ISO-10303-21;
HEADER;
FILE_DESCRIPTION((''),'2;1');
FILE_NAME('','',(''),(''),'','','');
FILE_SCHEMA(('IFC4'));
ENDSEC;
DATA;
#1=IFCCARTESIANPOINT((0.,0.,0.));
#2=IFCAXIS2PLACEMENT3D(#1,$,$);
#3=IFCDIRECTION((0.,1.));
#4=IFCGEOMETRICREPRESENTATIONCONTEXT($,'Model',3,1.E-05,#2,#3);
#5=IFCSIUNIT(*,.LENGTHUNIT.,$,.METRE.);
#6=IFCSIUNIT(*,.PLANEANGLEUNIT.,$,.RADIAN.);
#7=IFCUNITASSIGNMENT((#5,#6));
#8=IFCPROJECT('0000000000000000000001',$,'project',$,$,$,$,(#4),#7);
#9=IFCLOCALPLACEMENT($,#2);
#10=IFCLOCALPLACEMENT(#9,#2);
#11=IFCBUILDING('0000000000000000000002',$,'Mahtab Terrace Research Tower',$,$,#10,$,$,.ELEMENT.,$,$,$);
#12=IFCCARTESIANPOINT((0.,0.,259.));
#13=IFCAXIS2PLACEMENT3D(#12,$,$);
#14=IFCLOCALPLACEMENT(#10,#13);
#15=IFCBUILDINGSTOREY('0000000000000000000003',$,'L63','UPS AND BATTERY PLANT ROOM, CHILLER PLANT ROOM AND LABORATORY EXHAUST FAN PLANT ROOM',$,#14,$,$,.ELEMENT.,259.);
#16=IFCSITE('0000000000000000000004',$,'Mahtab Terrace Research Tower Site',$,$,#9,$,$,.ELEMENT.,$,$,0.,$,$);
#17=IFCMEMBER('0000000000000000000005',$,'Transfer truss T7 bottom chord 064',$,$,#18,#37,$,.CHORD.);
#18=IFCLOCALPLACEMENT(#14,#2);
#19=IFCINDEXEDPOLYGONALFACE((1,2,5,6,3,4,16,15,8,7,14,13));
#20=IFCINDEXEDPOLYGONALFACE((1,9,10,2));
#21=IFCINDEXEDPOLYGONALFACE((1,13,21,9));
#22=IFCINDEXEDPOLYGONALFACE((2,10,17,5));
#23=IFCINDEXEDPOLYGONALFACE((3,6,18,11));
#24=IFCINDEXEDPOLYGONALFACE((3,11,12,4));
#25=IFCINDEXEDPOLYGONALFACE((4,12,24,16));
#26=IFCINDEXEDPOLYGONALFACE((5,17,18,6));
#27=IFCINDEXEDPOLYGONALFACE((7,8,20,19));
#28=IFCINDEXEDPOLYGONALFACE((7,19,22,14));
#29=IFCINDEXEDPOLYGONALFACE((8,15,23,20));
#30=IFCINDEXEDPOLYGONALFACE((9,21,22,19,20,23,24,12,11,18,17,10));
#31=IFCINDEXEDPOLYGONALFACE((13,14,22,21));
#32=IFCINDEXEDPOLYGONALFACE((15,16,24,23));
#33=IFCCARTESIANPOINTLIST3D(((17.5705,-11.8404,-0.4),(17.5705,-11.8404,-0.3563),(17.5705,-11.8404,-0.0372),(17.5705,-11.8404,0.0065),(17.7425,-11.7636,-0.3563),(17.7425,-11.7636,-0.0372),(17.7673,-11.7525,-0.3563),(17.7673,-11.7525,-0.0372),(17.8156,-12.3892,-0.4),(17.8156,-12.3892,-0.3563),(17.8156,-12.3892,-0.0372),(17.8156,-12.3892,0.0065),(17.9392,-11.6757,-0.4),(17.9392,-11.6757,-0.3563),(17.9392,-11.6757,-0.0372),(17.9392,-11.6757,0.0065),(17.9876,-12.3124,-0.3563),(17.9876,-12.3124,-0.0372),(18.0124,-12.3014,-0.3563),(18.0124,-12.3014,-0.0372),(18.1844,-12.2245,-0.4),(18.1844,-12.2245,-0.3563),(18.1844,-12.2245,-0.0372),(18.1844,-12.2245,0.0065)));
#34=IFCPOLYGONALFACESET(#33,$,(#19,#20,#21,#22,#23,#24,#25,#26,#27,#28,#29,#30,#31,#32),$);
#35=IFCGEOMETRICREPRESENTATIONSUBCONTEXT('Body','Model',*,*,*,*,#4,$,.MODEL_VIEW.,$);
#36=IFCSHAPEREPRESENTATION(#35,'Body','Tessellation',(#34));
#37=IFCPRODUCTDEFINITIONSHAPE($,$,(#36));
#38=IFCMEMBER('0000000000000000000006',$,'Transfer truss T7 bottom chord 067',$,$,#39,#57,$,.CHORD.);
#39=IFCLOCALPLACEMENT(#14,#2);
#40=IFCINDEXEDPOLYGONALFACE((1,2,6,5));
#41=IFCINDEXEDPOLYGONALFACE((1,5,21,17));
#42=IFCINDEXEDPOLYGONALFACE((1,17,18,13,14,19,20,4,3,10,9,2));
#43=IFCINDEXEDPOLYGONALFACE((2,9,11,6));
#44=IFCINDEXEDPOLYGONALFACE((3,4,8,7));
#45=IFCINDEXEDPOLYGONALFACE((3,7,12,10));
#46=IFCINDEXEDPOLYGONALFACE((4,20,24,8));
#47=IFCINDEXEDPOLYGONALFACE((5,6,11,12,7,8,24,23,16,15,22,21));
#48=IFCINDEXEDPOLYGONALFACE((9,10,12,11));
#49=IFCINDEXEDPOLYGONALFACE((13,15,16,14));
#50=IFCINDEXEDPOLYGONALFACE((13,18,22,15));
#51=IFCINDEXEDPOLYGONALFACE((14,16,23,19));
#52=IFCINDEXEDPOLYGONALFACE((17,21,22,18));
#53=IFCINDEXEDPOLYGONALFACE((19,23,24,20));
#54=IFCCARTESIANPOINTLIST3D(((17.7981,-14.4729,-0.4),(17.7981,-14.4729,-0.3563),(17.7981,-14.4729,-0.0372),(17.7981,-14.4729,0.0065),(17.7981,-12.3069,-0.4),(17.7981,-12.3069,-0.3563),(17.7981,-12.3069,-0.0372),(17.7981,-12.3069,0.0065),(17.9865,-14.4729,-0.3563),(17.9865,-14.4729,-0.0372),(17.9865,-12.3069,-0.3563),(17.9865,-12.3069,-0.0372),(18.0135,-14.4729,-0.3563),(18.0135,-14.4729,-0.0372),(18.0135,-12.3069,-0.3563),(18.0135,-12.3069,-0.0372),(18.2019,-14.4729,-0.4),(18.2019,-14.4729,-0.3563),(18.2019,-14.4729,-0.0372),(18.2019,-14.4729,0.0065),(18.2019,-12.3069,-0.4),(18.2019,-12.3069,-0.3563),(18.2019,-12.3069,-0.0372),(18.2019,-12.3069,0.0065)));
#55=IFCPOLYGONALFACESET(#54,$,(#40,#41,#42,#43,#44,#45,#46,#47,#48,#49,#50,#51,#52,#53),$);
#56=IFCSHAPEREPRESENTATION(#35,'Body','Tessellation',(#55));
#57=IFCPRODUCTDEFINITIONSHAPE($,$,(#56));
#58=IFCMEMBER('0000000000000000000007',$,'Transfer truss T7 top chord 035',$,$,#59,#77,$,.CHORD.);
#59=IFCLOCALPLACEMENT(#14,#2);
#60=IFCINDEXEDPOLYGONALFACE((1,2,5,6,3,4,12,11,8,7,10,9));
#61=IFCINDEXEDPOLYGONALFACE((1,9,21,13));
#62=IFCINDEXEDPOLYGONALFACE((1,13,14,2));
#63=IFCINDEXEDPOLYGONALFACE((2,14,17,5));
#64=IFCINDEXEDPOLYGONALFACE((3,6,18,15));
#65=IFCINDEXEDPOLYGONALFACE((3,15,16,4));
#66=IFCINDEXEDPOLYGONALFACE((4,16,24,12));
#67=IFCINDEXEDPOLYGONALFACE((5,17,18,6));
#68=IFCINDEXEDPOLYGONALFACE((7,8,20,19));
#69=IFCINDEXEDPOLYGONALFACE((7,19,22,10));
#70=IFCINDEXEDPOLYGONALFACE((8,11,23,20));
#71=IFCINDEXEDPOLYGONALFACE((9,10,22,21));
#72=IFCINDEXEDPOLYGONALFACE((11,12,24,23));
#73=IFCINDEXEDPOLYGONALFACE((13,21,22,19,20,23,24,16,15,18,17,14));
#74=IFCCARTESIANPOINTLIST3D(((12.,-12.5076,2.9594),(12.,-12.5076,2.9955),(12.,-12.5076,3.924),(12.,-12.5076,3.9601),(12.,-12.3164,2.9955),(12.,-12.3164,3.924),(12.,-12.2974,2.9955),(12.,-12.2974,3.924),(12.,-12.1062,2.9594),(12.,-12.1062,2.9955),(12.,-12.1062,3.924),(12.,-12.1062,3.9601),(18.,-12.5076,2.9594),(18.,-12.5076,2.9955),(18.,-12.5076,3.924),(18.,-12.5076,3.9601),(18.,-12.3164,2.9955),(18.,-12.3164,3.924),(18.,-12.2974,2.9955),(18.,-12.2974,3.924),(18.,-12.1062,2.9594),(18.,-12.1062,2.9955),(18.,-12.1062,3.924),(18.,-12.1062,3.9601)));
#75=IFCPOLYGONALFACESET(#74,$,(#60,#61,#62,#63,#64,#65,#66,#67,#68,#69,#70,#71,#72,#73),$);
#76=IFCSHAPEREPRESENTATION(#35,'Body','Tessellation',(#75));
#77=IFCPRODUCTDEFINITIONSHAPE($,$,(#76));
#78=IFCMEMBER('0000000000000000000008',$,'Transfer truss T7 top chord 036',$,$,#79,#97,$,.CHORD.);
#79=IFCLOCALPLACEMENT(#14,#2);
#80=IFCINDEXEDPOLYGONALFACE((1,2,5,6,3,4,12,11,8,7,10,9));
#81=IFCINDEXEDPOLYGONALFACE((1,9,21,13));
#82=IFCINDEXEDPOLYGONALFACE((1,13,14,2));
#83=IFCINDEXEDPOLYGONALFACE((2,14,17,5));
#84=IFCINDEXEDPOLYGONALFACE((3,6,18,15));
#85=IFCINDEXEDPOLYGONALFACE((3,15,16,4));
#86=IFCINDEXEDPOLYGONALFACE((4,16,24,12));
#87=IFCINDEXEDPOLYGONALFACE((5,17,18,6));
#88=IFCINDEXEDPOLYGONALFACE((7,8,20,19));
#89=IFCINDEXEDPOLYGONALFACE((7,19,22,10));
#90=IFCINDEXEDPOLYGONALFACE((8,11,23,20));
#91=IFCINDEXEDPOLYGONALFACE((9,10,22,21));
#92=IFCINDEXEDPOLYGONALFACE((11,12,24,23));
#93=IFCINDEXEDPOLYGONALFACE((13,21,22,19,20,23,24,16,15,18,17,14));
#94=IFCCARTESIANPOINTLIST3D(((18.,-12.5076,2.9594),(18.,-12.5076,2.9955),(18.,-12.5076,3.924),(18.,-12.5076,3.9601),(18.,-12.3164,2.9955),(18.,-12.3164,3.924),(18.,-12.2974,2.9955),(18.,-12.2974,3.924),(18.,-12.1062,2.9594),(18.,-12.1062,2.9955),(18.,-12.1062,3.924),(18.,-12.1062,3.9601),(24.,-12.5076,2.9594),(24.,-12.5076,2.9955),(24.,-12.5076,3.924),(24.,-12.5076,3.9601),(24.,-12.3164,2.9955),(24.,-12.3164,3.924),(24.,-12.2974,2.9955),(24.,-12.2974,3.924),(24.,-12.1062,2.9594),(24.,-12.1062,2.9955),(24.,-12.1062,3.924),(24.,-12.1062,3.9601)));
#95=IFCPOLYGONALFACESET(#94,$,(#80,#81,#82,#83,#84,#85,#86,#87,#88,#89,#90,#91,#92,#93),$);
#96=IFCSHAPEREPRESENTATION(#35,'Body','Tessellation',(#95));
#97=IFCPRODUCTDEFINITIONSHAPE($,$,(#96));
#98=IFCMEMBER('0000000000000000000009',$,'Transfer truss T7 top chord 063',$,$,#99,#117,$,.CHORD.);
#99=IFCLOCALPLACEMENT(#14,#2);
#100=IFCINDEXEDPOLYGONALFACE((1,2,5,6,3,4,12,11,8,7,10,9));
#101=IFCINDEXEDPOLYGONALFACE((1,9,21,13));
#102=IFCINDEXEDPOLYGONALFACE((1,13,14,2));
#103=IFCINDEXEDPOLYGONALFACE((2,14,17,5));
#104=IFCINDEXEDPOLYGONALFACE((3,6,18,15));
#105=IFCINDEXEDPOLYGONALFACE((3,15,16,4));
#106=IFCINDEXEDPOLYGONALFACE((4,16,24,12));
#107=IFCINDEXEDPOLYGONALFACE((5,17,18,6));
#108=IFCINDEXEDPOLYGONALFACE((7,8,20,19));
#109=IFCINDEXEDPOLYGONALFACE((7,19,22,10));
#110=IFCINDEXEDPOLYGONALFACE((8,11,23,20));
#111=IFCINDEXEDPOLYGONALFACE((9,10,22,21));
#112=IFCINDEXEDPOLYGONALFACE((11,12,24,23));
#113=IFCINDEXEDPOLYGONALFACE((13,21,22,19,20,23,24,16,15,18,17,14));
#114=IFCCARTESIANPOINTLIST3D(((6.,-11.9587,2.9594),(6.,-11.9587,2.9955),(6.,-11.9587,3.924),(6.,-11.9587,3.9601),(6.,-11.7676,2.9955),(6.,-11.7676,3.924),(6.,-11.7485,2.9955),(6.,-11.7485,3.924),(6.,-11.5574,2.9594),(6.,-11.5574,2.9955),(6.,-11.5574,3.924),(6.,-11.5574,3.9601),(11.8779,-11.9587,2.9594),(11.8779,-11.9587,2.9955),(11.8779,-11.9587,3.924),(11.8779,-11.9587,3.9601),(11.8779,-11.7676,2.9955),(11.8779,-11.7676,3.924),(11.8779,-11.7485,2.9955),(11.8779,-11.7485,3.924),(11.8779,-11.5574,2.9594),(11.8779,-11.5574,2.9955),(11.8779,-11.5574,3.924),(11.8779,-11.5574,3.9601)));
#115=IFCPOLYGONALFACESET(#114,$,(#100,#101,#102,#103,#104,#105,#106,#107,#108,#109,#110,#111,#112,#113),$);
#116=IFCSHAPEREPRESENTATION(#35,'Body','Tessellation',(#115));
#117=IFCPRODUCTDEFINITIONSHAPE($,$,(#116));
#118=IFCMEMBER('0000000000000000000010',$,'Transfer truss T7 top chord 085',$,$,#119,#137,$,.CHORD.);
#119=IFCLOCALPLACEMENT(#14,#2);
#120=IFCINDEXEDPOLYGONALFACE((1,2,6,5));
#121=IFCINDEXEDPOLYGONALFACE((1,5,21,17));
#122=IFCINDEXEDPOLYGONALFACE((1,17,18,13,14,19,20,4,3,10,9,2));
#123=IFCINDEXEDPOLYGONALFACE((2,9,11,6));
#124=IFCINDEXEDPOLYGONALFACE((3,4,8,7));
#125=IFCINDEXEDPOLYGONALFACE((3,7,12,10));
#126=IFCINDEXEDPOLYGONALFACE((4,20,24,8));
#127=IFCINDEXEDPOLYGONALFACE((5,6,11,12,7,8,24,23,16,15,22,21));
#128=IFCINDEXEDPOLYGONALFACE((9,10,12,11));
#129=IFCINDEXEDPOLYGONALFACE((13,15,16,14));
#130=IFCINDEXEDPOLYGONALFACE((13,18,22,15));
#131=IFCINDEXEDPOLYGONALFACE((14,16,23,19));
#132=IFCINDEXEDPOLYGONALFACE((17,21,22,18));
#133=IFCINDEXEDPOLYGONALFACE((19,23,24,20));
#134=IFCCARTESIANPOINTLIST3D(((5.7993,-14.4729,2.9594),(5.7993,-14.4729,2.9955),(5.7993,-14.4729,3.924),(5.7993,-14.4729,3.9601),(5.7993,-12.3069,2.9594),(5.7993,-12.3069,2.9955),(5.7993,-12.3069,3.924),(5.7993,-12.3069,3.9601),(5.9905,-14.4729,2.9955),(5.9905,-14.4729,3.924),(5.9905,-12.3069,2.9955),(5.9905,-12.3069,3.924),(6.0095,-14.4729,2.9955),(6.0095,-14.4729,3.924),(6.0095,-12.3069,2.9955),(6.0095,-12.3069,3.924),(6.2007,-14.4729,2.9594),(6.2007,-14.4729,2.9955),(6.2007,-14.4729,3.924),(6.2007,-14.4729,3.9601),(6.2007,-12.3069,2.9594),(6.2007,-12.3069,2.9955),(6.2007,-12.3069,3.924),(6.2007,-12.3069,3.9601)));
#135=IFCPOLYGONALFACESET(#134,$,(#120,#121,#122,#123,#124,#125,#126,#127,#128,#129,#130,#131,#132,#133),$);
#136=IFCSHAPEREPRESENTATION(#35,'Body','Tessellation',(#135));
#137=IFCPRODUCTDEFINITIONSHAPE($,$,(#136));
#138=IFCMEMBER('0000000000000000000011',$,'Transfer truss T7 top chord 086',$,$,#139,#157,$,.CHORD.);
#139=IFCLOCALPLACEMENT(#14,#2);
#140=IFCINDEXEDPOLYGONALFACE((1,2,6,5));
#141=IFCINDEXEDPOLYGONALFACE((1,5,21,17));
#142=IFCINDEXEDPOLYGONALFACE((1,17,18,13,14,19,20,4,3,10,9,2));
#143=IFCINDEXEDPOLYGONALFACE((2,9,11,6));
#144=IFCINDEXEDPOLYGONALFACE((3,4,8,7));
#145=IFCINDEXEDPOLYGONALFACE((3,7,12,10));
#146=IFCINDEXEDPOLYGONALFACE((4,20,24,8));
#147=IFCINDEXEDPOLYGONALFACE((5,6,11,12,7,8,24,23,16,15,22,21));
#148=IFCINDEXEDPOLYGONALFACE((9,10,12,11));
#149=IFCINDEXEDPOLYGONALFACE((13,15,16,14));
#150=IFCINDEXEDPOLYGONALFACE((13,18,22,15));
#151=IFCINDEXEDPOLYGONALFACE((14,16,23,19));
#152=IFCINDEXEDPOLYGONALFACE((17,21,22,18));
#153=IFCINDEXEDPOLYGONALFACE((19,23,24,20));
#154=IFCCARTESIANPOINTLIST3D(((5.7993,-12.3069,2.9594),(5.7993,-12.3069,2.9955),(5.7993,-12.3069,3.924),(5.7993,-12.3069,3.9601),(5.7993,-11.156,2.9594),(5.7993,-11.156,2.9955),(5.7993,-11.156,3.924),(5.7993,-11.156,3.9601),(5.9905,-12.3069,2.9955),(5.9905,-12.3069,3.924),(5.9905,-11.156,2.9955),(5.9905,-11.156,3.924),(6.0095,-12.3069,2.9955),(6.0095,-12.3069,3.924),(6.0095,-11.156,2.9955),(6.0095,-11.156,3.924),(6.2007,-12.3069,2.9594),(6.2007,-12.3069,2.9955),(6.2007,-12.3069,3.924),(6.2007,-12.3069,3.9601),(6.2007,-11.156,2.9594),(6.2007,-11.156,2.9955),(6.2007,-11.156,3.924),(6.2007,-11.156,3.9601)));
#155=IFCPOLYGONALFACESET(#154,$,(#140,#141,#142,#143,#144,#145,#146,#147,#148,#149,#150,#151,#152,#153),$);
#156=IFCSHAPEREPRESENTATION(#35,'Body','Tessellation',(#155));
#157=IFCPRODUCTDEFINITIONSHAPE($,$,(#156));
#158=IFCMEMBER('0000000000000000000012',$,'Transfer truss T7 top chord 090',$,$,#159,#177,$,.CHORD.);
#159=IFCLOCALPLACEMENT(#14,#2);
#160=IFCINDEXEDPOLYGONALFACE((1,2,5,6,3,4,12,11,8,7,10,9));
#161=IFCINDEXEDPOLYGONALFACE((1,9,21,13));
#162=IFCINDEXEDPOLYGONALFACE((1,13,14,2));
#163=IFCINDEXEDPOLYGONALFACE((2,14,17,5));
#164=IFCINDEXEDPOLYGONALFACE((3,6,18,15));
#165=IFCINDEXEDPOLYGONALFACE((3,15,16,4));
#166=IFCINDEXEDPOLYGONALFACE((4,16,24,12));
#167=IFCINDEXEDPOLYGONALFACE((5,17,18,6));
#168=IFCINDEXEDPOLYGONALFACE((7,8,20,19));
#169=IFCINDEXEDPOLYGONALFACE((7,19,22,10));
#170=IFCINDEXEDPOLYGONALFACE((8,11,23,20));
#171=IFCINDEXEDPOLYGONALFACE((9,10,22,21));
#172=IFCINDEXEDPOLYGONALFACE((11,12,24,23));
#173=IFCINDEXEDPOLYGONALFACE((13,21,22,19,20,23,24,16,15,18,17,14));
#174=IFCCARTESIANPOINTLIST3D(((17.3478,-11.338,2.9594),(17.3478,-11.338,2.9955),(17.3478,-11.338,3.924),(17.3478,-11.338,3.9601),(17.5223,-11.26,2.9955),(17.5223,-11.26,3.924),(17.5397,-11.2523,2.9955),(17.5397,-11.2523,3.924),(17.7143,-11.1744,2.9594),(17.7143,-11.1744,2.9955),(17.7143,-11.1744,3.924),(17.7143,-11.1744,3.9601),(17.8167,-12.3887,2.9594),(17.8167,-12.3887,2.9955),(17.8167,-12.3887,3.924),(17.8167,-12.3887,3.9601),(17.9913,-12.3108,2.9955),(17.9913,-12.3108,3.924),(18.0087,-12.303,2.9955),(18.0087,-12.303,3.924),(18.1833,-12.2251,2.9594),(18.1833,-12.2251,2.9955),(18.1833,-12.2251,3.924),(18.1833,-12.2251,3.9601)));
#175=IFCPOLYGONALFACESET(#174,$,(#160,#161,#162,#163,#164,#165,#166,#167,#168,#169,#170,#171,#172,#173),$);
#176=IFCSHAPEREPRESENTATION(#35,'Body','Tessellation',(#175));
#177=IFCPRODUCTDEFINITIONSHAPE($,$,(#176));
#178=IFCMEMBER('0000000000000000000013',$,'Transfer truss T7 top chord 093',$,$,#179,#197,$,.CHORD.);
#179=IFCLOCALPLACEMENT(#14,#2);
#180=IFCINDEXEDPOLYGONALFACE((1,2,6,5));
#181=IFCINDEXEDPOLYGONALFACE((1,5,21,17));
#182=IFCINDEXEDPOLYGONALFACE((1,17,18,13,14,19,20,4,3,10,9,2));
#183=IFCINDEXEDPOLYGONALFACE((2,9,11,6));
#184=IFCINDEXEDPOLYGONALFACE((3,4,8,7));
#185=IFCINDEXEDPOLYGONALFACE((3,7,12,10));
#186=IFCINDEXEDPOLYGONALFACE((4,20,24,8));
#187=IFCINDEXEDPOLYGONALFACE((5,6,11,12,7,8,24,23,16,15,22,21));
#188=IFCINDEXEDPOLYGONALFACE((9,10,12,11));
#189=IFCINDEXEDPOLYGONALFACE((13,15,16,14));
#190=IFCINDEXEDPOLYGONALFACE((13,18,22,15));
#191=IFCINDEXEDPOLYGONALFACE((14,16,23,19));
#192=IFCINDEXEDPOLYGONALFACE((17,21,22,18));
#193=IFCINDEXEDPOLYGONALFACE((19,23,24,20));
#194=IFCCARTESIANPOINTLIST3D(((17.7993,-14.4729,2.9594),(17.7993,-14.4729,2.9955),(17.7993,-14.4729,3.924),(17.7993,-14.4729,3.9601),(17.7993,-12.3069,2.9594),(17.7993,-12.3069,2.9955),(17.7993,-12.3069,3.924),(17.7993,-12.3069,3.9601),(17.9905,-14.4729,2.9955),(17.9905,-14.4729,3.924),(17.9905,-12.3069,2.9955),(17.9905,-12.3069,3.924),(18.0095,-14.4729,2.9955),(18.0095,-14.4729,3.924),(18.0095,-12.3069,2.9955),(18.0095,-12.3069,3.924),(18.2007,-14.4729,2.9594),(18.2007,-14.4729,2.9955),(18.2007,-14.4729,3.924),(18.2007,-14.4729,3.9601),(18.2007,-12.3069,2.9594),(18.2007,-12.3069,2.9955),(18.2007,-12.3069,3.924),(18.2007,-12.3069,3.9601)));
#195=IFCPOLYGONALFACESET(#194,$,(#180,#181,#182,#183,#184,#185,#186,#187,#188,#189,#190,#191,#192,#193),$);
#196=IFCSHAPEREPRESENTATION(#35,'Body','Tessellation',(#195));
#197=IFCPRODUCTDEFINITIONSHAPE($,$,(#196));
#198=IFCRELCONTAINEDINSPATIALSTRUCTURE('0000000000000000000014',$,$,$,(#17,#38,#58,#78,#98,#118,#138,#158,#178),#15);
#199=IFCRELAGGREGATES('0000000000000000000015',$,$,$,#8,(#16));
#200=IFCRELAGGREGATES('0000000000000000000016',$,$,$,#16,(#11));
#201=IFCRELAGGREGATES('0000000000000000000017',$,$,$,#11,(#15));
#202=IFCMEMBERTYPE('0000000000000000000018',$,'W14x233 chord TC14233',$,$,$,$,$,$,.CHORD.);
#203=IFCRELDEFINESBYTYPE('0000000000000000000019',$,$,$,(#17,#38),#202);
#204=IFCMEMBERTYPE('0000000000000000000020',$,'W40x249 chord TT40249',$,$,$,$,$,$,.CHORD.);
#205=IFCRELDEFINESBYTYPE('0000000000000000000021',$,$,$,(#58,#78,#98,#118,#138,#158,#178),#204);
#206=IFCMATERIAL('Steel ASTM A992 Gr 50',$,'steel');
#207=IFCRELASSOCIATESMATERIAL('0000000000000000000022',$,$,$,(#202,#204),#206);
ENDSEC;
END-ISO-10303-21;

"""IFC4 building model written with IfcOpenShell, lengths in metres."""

from ifc_helpers import new_model, si_unit, direction, frame, origin, origin_2d, place, context, subcontext, project, spatial, i_section, extrude, material, material_profile, profile_set, type_object, element, save


model = new_model("IFC4")

# Units and contexts
model_context = context("Model", 3, precision=1e-05, world=origin(), true_north=direction((0.0, 1.0)))
body_context = subcontext(model_context, "Body", "Model", "MODEL_VIEW")
ifc_project = project(units=[si_unit("LENGTHUNIT", "METRE"), si_unit("PLANEANGLEUNIT", "RADIAN")], contexts=[model_context])

# Site, building, storey
site_placement = place(None, origin())
site = spatial("IfcSite", under=ifc_project, at=site_placement, Name="Mahtab Terrace Research Tower Site", CompositionType="ELEMENT", RefElevation=0.0)
building_placement = place(site_placement, origin())
building = spatial("IfcBuilding", under=site, at=building_placement, Name="Mahtab Terrace Research Tower", CompositionType="ELEMENT")
storey_placement = place(building_placement, frame((0.0, 0.0, 259.0)))
storey = spatial("IfcBuildingStorey", under=building, at=storey_placement, Name="L63", Description="UPS AND BATTERY PLANT ROOM, CHILLER PLANT ROOM AND LABORATORY EXHAUST FAN PLANT ROOM", CompositionType="ELEMENT", Elevation=259.0)

# Shared definitions
ifc_material_1 = material(Name="Steel ASTM A992 Gr 50", Category="steel")

# Members
ifc_material_profile_1 = material_profile(ifc_material_1, i_section(OverallWidth=0.4038, OverallDepth=0.4065, WebThickness=0.0271, FlangeThickness=0.0437, at=origin_2d()), Name="W14X233")
ifc_profile_set_1 = profile_set([ifc_material_profile_1], Name="Steel ASTM A992 Gr 50")
member_type_1 = type_object("IfcMemberType", Name="W14x233 chord TC14233", PredefinedType="CHORD", material=ifc_profile_set_1)
member_1_placement = place(storey_placement, frame((18.0, -12.3069, -0.1968), z_axis=(-0.407796, 0.913073, 0.0), x_axis=(-0.913073, -0.407796, 0.0)))
element("IfcMember", 1, at=member_1_placement, inside=storey, type_object=member_type_1, Name="Transfer truss T7 bottom chord 064", PredefinedType="CHORD", context=body_context, shape_type="SweptSolid", body=[
    extrude(i_section(OverallWidth=0.4038, OverallDepth=0.4065, WebThickness=0.0271, FlangeThickness=0.0437, at=origin_2d()), origin(), (0.0, 0.0, 1.0), 0.6011),
])
member_2_placement = place(storey_placement, frame((18.0, -14.4729, -0.1968), z_axis=(0.0, 1.0, 0.0), x_axis=(-1.0, 0.0, 0.0)))
element("IfcMember", 2, at=member_2_placement, inside=storey, type_object=member_type_1, Name="Transfer truss T7 bottom chord 067", PredefinedType="CHORD", context=body_context, shape_type="SweptSolid", body=[
    extrude(i_section(OverallWidth=0.4038, OverallDepth=0.4065, WebThickness=0.0271, FlangeThickness=0.0437, at=origin_2d()), origin(), (0.0, 0.0, 1.0), 2.166),
])
ifc_material_profile_2 = material_profile(ifc_material_1, i_section(OverallWidth=0.4014, OverallDepth=1.0007, WebThickness=0.019, FlangeThickness=0.0361, at=origin_2d()), Name="W40X249")
ifc_profile_set_2 = profile_set([ifc_material_profile_2], Name="Steel ASTM A992 Gr 50")
member_type_2 = type_object("IfcMemberType", Name="W40x249 chord TT40249", PredefinedType="CHORD", material=ifc_profile_set_2)
for number, where, z_axis, x_axis, name in (
    (3, (12.0, -12.3069, 3.4597), (1.0, 0.0, 0.0), (0.0, 1.0, 0.0), "Transfer truss T7 top chord 035"),
    (4, (18.0, -12.3069, 3.4597), (1.0, 0.0, 0.0), (0.0, 1.0, 0.0), "Transfer truss T7 top chord 036"),
):
    element("IfcMember", number, at=place(storey_placement, frame(where, z_axis=z_axis, x_axis=x_axis)), inside=storey, type_object=member_type_2, Name=name, PredefinedType="CHORD", context=body_context, shape_type="SweptSolid", body=[
        extrude(i_section(OverallWidth=0.4014, OverallDepth=1.0007, WebThickness=0.019, FlangeThickness=0.0361, at=origin_2d()), origin(), (0.0, 0.0, 1.0), 6.0),
    ])
member_3_placement = place(storey_placement, frame((6.0, -11.7581, 3.4597), z_axis=(1.0, 0.0, 0.0), x_axis=(0.0, 1.0, 0.0)))
element("IfcMember", 5, at=member_3_placement, inside=storey, type_object=member_type_2, Name="Transfer truss T7 top chord 063", PredefinedType="CHORD", context=body_context, shape_type="SweptSolid", body=[
    extrude(i_section(OverallWidth=0.4014, OverallDepth=1.0007, WebThickness=0.019, FlangeThickness=0.0361, at=origin_2d()), origin(), (0.0, 0.0, 1.0), 5.8779),
])
member_4_placement = place(storey_placement, frame((6.0, -14.4729, 3.4597), z_axis=(0.0, 1.0, 0.0), x_axis=(-1.0, 0.0, 0.0)))
element("IfcMember", 6, at=member_4_placement, inside=storey, type_object=member_type_2, Name="Transfer truss T7 top chord 085", PredefinedType="CHORD", context=body_context, shape_type="SweptSolid", body=[
    extrude(i_section(OverallWidth=0.4014, OverallDepth=1.0007, WebThickness=0.019, FlangeThickness=0.0361, at=origin_2d()), origin(), (0.0, 0.0, 1.0), 2.166),
])
member_5_placement = place(storey_placement, frame((6.0, -12.3069, 3.4597), z_axis=(0.0, 1.0, 0.0), x_axis=(-1.0, 0.0, 0.0)))
element("IfcMember", 7, at=member_5_placement, inside=storey, type_object=member_type_2, Name="Transfer truss T7 top chord 086", PredefinedType="CHORD", context=body_context, shape_type="SweptSolid", body=[
    extrude(i_section(OverallWidth=0.4014, OverallDepth=1.0007, WebThickness=0.019, FlangeThickness=0.0361, at=origin_2d()), origin(), (0.0, 0.0, 1.0), 1.1509),
])
member_6_placement = place(storey_placement, frame((18.0, -12.3069, 3.4597), z_axis=(-0.407575, 0.913172, 0.0), x_axis=(-0.913172, -0.407575, 0.0)))
element("IfcMember", 8, at=member_6_placement, inside=storey, type_object=member_type_2, Name="Transfer truss T7 top chord 090", PredefinedType="CHORD", context=body_context, shape_type="SweptSolid", body=[
    extrude(i_section(OverallWidth=0.4014, OverallDepth=1.0007, WebThickness=0.019, FlangeThickness=0.0361, at=origin_2d()), origin(), (0.0, 0.0, 1.0), 1.1506),
])
member_7_placement = place(storey_placement, frame((18.0, -14.4729, 3.4597), z_axis=(0.0, 1.0, 0.0), x_axis=(-1.0, 0.0, 0.0)))
element("IfcMember", 9, at=member_7_placement, inside=storey, type_object=member_type_2, Name="Transfer truss T7 top chord 093", PredefinedType="CHORD", context=body_context, shape_type="SweptSolid", body=[
    extrude(i_section(OverallWidth=0.4014, OverallDepth=1.0007, WebThickness=0.019, FlangeThickness=0.0361, at=origin_2d()), origin(), (0.0, 0.0, 1.0), 2.166),
])

save(model, "model.ifc")
